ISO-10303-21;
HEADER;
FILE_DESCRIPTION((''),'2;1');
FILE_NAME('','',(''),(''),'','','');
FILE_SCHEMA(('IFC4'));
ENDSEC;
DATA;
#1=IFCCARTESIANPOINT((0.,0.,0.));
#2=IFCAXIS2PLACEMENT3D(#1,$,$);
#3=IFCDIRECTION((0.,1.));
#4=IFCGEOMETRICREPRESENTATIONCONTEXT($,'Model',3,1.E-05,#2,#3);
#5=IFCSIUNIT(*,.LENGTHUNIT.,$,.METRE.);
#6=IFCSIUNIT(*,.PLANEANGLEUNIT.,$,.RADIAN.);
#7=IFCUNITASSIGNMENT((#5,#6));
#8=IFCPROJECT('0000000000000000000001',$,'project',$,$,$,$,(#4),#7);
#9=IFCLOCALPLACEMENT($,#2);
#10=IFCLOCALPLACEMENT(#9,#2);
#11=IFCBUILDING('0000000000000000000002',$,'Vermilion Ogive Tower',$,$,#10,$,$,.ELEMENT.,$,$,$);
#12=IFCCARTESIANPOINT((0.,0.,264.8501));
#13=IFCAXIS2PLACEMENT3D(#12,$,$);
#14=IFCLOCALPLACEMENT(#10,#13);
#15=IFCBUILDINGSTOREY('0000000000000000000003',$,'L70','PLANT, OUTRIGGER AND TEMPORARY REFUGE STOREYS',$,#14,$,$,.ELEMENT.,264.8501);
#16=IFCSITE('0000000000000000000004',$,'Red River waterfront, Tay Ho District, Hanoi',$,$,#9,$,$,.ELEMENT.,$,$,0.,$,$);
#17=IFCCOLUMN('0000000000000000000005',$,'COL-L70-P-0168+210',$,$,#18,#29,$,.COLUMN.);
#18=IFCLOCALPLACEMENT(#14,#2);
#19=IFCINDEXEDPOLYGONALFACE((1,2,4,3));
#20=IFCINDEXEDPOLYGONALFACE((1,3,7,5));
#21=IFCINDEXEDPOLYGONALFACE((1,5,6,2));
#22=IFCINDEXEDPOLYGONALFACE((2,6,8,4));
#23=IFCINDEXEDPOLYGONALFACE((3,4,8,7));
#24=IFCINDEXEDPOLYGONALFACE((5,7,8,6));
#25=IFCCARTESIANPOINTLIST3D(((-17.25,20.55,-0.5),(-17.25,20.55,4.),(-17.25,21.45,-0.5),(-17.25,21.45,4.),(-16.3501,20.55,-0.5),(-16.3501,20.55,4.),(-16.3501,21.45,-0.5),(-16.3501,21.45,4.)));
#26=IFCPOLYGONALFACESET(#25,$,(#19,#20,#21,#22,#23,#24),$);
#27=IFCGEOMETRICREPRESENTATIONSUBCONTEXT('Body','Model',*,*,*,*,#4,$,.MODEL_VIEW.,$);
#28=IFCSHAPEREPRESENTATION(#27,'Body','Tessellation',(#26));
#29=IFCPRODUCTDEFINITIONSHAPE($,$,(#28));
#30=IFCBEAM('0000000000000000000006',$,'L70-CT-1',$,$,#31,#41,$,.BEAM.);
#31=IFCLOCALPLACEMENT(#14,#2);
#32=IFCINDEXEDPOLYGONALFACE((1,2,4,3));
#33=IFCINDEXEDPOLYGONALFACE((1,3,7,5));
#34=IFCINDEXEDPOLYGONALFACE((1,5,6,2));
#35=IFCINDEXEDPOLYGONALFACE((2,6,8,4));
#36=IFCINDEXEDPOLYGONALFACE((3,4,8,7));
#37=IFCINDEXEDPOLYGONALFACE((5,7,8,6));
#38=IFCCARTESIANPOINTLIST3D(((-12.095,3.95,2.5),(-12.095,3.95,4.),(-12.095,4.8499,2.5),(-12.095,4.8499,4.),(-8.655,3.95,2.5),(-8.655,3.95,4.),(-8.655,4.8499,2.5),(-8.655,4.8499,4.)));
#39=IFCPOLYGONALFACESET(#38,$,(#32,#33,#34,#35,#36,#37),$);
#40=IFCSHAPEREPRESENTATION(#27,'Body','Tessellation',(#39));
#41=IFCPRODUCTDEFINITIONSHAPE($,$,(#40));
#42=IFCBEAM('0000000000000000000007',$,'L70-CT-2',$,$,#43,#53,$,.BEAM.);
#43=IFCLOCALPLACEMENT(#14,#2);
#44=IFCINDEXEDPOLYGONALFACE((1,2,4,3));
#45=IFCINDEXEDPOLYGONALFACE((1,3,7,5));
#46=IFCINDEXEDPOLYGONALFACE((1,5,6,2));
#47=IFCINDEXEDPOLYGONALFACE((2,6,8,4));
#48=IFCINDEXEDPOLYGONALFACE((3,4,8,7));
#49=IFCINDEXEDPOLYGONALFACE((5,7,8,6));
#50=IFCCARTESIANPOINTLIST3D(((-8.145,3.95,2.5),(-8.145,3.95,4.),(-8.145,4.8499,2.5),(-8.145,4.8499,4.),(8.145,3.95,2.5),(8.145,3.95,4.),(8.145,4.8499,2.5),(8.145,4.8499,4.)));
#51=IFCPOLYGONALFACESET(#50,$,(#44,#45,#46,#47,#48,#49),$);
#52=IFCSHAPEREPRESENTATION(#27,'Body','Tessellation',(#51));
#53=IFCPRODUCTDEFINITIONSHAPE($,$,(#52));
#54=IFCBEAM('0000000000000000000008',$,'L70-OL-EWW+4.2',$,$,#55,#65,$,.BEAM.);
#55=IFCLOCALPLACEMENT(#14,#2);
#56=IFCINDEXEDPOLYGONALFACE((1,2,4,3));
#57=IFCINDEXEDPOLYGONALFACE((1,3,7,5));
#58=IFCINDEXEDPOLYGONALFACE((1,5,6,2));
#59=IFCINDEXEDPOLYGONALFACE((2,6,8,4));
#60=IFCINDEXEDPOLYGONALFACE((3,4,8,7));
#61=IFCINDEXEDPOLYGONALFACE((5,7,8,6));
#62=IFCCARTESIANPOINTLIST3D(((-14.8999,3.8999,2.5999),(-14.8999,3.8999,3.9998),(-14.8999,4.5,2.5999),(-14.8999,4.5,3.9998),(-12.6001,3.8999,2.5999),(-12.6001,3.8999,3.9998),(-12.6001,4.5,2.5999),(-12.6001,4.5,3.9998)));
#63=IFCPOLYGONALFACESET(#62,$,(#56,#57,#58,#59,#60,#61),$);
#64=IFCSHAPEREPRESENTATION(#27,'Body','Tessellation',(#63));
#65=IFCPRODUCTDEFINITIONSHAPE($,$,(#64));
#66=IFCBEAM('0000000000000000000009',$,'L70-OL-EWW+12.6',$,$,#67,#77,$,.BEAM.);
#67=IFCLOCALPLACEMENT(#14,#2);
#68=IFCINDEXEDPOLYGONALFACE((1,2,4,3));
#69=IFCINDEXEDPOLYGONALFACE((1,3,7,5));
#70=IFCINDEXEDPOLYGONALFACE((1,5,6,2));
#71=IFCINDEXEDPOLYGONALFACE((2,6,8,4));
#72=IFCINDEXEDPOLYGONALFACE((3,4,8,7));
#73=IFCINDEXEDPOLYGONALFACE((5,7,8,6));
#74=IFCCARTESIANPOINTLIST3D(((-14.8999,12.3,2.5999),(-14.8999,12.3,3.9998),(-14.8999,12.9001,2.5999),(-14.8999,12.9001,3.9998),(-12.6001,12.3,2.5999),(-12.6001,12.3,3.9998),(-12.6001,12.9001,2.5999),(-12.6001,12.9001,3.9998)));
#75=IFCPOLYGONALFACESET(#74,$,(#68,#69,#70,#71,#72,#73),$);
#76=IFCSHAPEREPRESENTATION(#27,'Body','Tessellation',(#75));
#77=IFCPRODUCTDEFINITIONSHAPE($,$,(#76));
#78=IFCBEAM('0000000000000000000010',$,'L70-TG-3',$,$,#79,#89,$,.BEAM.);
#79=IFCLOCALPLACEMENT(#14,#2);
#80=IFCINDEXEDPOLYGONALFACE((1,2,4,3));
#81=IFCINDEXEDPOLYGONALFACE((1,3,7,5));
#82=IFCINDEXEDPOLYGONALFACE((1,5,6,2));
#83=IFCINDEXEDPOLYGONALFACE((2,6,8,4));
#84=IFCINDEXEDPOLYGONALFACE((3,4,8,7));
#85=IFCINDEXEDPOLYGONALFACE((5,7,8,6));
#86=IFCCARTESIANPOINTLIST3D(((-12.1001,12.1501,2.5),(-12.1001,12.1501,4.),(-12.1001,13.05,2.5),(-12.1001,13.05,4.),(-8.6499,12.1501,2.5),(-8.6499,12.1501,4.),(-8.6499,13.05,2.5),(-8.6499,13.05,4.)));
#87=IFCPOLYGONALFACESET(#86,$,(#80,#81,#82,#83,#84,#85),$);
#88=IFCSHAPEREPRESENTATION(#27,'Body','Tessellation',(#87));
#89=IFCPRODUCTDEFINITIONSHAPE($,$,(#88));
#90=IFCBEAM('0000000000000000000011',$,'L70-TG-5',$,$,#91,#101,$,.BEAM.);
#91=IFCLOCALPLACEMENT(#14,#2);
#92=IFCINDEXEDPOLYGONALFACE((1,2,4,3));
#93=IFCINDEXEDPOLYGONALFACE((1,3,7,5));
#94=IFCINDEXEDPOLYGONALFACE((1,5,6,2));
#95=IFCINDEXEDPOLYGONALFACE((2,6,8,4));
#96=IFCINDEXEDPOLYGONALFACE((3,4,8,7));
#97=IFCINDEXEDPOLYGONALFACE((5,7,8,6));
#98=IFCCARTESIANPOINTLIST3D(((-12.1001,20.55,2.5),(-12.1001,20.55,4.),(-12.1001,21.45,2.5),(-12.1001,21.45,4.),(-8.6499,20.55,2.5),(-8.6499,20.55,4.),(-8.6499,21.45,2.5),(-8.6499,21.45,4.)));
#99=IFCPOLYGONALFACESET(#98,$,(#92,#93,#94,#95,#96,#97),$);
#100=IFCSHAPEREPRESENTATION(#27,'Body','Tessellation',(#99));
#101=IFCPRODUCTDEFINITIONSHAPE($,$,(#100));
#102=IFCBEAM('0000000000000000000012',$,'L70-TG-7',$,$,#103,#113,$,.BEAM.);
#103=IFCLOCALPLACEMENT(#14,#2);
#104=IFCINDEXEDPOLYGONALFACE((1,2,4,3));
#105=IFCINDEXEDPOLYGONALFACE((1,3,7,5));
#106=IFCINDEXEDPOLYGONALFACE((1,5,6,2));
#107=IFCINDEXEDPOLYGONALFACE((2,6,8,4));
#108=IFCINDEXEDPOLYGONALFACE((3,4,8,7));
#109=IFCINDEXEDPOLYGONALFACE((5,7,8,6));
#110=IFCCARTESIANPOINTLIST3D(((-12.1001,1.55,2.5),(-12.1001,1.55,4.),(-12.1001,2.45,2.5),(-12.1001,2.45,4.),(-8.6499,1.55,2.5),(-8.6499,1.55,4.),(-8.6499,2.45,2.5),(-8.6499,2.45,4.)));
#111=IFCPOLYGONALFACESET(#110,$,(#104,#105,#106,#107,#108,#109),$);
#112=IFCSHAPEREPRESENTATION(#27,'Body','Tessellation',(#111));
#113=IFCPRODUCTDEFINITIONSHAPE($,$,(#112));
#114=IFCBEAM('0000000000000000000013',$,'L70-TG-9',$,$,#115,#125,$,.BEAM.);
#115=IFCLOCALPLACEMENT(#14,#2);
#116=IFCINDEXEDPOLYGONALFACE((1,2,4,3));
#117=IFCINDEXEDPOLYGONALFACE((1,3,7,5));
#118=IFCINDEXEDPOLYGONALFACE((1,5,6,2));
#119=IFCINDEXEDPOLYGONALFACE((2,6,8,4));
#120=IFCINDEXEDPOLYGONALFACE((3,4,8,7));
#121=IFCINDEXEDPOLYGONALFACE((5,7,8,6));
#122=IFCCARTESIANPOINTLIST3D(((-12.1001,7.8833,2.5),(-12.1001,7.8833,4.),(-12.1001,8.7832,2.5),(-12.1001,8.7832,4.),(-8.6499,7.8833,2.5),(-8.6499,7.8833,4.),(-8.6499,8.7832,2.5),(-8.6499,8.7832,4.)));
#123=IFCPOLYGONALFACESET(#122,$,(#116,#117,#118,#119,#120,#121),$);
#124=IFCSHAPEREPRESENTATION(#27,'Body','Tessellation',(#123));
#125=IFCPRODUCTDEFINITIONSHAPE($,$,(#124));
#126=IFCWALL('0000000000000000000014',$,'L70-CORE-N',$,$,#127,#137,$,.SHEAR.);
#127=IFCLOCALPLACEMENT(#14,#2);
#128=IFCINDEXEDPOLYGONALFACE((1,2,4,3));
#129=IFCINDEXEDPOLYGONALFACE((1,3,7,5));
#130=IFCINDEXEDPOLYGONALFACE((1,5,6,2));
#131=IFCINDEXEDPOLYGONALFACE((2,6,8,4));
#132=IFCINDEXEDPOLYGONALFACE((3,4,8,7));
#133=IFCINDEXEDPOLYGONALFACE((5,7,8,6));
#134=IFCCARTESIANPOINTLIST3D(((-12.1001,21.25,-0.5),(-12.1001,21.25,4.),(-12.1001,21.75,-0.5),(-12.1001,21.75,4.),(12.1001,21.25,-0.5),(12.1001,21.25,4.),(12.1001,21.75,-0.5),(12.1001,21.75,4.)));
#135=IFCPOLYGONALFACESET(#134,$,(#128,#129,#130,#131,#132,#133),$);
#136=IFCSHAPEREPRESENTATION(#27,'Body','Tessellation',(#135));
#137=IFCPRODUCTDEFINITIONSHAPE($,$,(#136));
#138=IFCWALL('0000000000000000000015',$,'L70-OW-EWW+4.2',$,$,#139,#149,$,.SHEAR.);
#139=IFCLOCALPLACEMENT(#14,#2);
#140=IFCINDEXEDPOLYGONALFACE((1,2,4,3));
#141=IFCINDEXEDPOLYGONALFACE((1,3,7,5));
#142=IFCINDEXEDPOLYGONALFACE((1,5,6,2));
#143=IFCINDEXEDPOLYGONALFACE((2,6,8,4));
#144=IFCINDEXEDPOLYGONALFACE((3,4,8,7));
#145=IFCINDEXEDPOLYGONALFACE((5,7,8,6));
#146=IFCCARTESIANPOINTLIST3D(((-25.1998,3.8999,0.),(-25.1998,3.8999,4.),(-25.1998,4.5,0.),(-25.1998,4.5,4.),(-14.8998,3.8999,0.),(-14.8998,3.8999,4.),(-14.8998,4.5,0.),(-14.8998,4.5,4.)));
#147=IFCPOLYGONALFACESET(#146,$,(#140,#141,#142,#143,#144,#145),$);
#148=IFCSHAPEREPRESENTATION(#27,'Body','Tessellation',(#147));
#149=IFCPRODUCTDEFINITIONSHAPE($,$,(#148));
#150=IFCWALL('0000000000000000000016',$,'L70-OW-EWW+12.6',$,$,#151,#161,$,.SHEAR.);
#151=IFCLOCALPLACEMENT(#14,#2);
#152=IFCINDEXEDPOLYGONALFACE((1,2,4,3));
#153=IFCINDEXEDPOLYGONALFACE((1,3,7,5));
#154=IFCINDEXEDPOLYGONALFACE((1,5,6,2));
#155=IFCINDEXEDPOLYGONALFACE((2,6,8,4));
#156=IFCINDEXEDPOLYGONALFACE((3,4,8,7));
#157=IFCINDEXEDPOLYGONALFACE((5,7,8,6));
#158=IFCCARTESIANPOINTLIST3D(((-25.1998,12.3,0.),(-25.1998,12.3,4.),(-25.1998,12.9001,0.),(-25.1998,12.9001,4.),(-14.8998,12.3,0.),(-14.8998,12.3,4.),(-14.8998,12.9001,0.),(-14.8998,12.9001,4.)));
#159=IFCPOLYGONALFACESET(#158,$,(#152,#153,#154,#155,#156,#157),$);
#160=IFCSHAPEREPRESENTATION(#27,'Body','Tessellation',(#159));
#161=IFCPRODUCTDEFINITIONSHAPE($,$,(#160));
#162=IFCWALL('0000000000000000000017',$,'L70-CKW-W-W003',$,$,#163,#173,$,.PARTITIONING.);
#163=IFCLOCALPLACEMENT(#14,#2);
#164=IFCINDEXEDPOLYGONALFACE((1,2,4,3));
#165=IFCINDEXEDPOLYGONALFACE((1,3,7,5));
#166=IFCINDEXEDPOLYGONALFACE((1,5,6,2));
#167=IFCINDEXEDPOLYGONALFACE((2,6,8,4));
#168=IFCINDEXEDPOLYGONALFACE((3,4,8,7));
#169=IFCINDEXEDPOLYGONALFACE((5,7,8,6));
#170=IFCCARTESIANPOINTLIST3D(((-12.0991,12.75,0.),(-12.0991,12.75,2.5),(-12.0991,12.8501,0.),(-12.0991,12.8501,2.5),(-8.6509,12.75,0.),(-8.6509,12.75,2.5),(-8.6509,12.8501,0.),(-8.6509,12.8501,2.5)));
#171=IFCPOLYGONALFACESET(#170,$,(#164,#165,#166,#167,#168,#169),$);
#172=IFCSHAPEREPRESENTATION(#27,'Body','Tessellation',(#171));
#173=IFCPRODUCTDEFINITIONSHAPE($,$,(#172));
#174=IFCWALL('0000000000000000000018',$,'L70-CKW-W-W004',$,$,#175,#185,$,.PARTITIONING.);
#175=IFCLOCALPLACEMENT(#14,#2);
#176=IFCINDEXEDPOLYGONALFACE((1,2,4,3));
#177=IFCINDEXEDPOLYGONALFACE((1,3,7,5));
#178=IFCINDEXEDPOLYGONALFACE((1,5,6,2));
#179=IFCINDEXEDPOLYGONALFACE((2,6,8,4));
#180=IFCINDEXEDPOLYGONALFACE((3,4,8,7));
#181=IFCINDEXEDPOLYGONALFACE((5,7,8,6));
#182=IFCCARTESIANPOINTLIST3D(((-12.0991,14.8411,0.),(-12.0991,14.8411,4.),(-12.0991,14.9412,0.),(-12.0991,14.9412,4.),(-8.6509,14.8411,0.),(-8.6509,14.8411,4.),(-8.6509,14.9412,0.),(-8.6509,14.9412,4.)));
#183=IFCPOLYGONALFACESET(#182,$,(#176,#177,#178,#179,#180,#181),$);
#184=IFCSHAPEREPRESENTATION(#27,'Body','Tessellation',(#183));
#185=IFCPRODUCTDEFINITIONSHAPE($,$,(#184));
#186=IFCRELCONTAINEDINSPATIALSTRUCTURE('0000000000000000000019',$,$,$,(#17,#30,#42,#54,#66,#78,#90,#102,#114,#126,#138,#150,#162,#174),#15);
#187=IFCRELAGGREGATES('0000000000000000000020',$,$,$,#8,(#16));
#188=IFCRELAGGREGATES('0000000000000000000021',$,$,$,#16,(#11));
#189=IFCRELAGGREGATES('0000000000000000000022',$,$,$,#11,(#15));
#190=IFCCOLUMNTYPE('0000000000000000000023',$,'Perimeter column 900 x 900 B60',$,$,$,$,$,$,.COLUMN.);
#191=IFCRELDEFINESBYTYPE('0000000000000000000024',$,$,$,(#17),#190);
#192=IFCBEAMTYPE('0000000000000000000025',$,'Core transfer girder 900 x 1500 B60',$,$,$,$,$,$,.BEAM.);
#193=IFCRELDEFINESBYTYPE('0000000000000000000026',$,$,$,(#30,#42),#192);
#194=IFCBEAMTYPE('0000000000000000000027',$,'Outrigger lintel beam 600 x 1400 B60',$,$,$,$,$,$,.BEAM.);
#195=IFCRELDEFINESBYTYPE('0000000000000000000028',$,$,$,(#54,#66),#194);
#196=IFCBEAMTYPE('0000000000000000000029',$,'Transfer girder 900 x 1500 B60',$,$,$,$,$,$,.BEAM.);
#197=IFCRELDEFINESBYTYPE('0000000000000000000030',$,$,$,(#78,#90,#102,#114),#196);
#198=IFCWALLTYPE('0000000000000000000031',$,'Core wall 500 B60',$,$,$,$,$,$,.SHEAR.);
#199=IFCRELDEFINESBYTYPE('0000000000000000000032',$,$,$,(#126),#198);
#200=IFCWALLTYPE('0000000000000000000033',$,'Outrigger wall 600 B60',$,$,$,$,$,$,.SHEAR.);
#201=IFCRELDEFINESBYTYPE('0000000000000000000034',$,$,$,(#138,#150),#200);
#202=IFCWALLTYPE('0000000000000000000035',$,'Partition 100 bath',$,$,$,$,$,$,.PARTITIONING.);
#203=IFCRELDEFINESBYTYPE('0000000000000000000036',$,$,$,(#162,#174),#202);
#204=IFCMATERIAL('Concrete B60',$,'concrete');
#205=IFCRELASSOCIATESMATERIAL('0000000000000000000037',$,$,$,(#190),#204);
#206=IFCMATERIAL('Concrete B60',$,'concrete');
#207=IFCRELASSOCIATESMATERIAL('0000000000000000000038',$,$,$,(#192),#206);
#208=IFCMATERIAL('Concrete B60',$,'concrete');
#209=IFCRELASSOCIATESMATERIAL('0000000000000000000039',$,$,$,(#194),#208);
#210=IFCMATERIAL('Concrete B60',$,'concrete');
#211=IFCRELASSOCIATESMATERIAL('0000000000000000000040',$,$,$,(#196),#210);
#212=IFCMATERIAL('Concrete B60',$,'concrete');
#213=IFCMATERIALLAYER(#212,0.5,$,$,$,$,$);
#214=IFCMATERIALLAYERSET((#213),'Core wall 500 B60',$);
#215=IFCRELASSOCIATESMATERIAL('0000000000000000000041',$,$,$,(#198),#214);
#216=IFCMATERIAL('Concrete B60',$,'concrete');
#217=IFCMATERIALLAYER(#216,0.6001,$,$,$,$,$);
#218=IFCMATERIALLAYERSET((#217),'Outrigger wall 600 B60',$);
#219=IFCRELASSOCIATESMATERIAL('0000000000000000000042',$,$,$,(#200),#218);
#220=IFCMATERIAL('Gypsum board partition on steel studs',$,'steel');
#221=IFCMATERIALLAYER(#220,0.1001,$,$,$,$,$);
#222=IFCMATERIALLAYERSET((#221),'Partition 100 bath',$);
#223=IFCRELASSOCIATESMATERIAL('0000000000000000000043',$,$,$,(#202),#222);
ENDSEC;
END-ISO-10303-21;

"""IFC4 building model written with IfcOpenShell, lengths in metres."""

from ifc_helpers import new_model, si_unit, direction, frame, frame_2d, origin, origin_2d, place, context, subcontext, project, spatial, rectangle, extrude, material, layer, layer_set, material_profile, profile_set, type_object, element, save


model = new_model("IFC4")

# Units and contexts
model_context = context("Model", 3, precision=1e-05, world=origin(), true_north=direction((0.0, 1.0)))
body_context = subcontext(model_context, "Body", "Model", "MODEL_VIEW")
ifc_project = project(units=[si_unit("LENGTHUNIT", "METRE"), si_unit("PLANEANGLEUNIT", "RADIAN")], contexts=[model_context])

# Site, building, storey
site_placement = place(None, origin())
site = spatial("IfcSite", under=ifc_project, at=site_placement, Name="Red River waterfront, Tay Ho District, Hanoi", CompositionType="ELEMENT", RefElevation=0.0)
building_placement = place(site_placement, origin())
building = spatial("IfcBuilding", under=site, at=building_placement, Name="Vermilion Ogive Tower", CompositionType="ELEMENT")
storey_placement = place(building_placement, frame((0.0, 0.0, 264.8501)))
storey = spatial("IfcBuildingStorey", under=building, at=storey_placement, Name="L70", Description="PLANT, OUTRIGGER AND TEMPORARY REFUGE STOREYS", CompositionType="ELEMENT", Elevation=264.8501)

# Column
ifc_material_1 = material(Name="Concrete B60", Category="concrete")
ifc_material_profile_1 = material_profile(ifc_material_1, rectangle(XDim=0.8999, YDim=0.8999, at=origin_2d()), Name="900 x 900")
ifc_profile_set_1 = profile_set([ifc_material_profile_1], Name="Concrete B60")
column_type = type_object("IfcColumnType", Name="Perimeter column 900 x 900 B60", PredefinedType="COLUMN", material=ifc_profile_set_1)
column_placement = place(storey_placement, frame((-16.8, 21.0, -0.5), z_axis=(0.0, 0.0, 1.0), x_axis=(1.0, 0.0, 0.0)))
element("IfcColumn", 1, at=column_placement, inside=storey, type_object=column_type, Name="COL-L70-P-0168+210", PredefinedType="COLUMN", context=body_context, shape_type="SweptSolid", body=[
    extrude(rectangle(XDim=0.8999, YDim=0.8999, at=origin_2d()), origin(), (0.0, 0.0, 1.0), 4.5),
])

# Beams
ifc_material_2 = material(Name="Concrete B60", Category="concrete")
ifc_material_profile_2 = material_profile(ifc_material_2, rectangle(XDim=0.8999, YDim=1.5, at=origin_2d()), Name="900 x 1500")
ifc_profile_set_2 = profile_set([ifc_material_profile_2], Name="Concrete B60")
beam_type_1 = type_object("IfcBeamType", Name="Core transfer girder 900 x 1500 B60", PredefinedType="BEAM", material=ifc_profile_set_2)
beam_1_placement = place(storey_placement, frame((-12.095, 4.3999, 3.25), z_axis=(1.0, 0.0, 0.0), x_axis=(0.0, 1.0, 0.0)))
element("IfcBeam", 2, at=beam_1_placement, inside=storey, type_object=beam_type_1, Name="L70-CT-1", PredefinedType="BEAM", context=body_context, shape_type="SweptSolid", body=[
    extrude(rectangle(XDim=0.8999, YDim=1.5, at=origin_2d()), origin(), (0.0, 0.0, 1.0), 3.4399),
])
beam_2_placement = place(storey_placement, frame((-8.145, 4.3999, 3.25), z_axis=(1.0, 0.0, 0.0), x_axis=(0.0, 1.0, 0.0)))
element("IfcBeam", 3, at=beam_2_placement, inside=storey, type_object=beam_type_1, Name="L70-CT-2", PredefinedType="BEAM", context=body_context, shape_type="SweptSolid", body=[
    extrude(rectangle(XDim=0.8999, YDim=1.5, at=origin_2d()), origin(), (0.0, 0.0, 1.0), 16.29),
])
ifc_material_3 = material(Name="Concrete B60", Category="concrete")
ifc_material_profile_3 = material_profile(ifc_material_3, rectangle(XDim=0.6001, YDim=1.3999, at=origin_2d()), Name="600 x 1400")
ifc_profile_set_3 = profile_set([ifc_material_profile_3], Name="Concrete B60")
beam_type_2 = type_object("IfcBeamType", Name="Outrigger lintel beam 600 x 1400 B60", PredefinedType="BEAM", material=ifc_profile_set_3)
for number, where, z_axis, x_axis, name in (
    (4, (-12.6001, 4.2, 3.2998), (-1.0, 0.0, 0.0), (0.0, -1.0, 0.0), "L70-OL-EWW+4.2"),
    (5, (-12.6001, 12.6001, 3.2998), (-1.0, 0.0, 0.0), (0.0, -1.0, 0.0), "L70-OL-EWW+12.6"),
):
    element("IfcBeam", number, at=place(storey_placement, frame(where, z_axis=z_axis, x_axis=x_axis)), inside=storey, type_object=beam_type_2, Name=name, PredefinedType="BEAM", context=body_context, shape_type="SweptSolid", body=[
        extrude(rectangle(XDim=0.6001, YDim=1.3999, at=origin_2d()), origin(), (0.0, 0.0, 1.0), 2.2998),
    ])
ifc_material_4 = material(Name="Concrete B60", Category="concrete")
ifc_material_profile_4 = material_profile(ifc_material_4, rectangle(XDim=0.8999, YDim=1.5, at=origin_2d()), Name="900 x 1500")
ifc_profile_set_4 = profile_set([ifc_material_profile_4], Name="Concrete B60")
beam_type_3 = type_object("IfcBeamType", Name="Transfer girder 900 x 1500 B60", PredefinedType="BEAM", material=ifc_profile_set_4)
for number, where, z_axis, x_axis, name in (
    (6, (-12.1001, 12.6001, 3.25), (1.0, 0.0, 0.0), (0.0, 1.0, 0.0), "L70-TG-3"),
    (7, (-12.1001, 21.0, 3.25), (1.0, 0.0, 0.0), (0.0, 1.0, 0.0), "L70-TG-5"),
    (8, (-12.1001, 2.0, 3.25), (1.0, 0.0, 0.0), (0.0, 1.0, 0.0), "L70-TG-7"),
    (9, (-12.1001, 8.3333, 3.25), (1.0, 0.0, 0.0), (0.0, 1.0, 0.0), "L70-TG-9"),
):
    element("IfcBeam", number, at=place(storey_placement, frame(where, z_axis=z_axis, x_axis=x_axis)), inside=storey, type_object=beam_type_3, Name=name, PredefinedType="BEAM", context=body_context, shape_type="SweptSolid", body=[
        extrude(rectangle(XDim=0.8999, YDim=1.5, at=origin_2d()), origin(), (0.0, 0.0, 1.0), 3.4502),
    ])

# Walls
ifc_material_5 = material(Name="Concrete B60", Category="concrete")
ifc_layer_1 = layer(ifc_material_5, 0.5)
ifc_layer_set_1 = layer_set([ifc_layer_1], Name="Core wall 500 B60")
wall_type_1 = type_object("IfcWallType", Name="Core wall 500 B60", PredefinedType="SHEAR", material=ifc_layer_set_1)
wall_1_placement = place(storey_placement, frame((-12.1001, 21.5, -0.5), z_axis=(0.0, 0.0, 1.0), x_axis=(1.0, 0.0, 0.0)))
element("IfcWall", 10, at=wall_1_placement, inside=storey, type_object=wall_type_1, Name="L70-CORE-N", PredefinedType="SHEAR", context=body_context, shape_type="SweptSolid", body=[
    extrude(rectangle(XDim=24.2002, YDim=0.5, at=frame_2d((12.1001, 0.0))), origin(), (0.0, 0.0, 1.0), 4.5),
])
ifc_material_6 = material(Name="Concrete B60", Category="concrete")
ifc_layer_2 = layer(ifc_material_6, 0.6001)
ifc_layer_set_2 = layer_set([ifc_layer_2], Name="Outrigger wall 600 B60")
wall_type_2 = type_object("IfcWallType", Name="Outrigger wall 600 B60", PredefinedType="SHEAR", material=ifc_layer_set_2)
for number, where, z_axis, x_axis, name in (
    (11, (-14.8999, 4.2, 0.0), (0.0, 0.0, 1.0), (-1.0, 0.0, 0.0), "L70-OW-EWW+4.2"),
    (12, (-14.8999, 12.6001, 0.0), (0.0, 0.0, 1.0), (-1.0, 0.0, 0.0), "L70-OW-EWW+12.6"),
):
    element("IfcWall", number, at=place(storey_placement, frame(where, z_axis=z_axis, x_axis=x_axis)), inside=storey, type_object=wall_type_2, Name=name, PredefinedType="SHEAR", context=body_context, shape_type="SweptSolid", body=[
        extrude(rectangle(XDim=10.3, YDim=0.6001, at=frame_2d((5.1499, 0.0))), origin(), (0.0, 0.0, 1.0), 4.0),
    ])
ifc_material_7 = material(Name="Gypsum board partition on steel studs", Category="steel")
ifc_layer_3 = layer(ifc_material_7, 0.1001)
ifc_layer_set_3 = layer_set([ifc_layer_3], Name="Partition 100 bath")
wall_type_3 = type_object("IfcWallType", Name="Partition 100 bath", PredefinedType="PARTITIONING", material=ifc_layer_set_3)
wall_2_placement = place(storey_placement, frame((-12.0991, 12.8, 0.0), z_axis=(0.0, 0.0, 1.0), x_axis=(1.0, 0.0, 0.0)))
element("IfcWall", 13, at=wall_2_placement, inside=storey, type_object=wall_type_3, Name="L70-CKW-W-W003", PredefinedType="PARTITIONING", context=body_context, shape_type="SweptSolid", body=[
    extrude(rectangle(XDim=3.4482, YDim=0.1001, at=frame_2d((1.7241, 0.0))), origin(), (0.0, 0.0, 1.0), 2.5),
])
wall_3_placement = place(storey_placement, frame((-12.0991, 14.8911, 0.0), z_axis=(0.0, 0.0, 1.0), x_axis=(1.0, 0.0, 0.0)))
element("IfcWall", 14, at=wall_3_placement, inside=storey, type_object=wall_type_3, Name="L70-CKW-W-W004", PredefinedType="PARTITIONING", context=body_context, shape_type="SweptSolid", body=[
    extrude(rectangle(XDim=3.4482, YDim=0.1001, at=frame_2d((1.7241, 0.0))), origin(), (0.0, 0.0, 1.0), 4.0),
])

save(model, "model.ifc")
